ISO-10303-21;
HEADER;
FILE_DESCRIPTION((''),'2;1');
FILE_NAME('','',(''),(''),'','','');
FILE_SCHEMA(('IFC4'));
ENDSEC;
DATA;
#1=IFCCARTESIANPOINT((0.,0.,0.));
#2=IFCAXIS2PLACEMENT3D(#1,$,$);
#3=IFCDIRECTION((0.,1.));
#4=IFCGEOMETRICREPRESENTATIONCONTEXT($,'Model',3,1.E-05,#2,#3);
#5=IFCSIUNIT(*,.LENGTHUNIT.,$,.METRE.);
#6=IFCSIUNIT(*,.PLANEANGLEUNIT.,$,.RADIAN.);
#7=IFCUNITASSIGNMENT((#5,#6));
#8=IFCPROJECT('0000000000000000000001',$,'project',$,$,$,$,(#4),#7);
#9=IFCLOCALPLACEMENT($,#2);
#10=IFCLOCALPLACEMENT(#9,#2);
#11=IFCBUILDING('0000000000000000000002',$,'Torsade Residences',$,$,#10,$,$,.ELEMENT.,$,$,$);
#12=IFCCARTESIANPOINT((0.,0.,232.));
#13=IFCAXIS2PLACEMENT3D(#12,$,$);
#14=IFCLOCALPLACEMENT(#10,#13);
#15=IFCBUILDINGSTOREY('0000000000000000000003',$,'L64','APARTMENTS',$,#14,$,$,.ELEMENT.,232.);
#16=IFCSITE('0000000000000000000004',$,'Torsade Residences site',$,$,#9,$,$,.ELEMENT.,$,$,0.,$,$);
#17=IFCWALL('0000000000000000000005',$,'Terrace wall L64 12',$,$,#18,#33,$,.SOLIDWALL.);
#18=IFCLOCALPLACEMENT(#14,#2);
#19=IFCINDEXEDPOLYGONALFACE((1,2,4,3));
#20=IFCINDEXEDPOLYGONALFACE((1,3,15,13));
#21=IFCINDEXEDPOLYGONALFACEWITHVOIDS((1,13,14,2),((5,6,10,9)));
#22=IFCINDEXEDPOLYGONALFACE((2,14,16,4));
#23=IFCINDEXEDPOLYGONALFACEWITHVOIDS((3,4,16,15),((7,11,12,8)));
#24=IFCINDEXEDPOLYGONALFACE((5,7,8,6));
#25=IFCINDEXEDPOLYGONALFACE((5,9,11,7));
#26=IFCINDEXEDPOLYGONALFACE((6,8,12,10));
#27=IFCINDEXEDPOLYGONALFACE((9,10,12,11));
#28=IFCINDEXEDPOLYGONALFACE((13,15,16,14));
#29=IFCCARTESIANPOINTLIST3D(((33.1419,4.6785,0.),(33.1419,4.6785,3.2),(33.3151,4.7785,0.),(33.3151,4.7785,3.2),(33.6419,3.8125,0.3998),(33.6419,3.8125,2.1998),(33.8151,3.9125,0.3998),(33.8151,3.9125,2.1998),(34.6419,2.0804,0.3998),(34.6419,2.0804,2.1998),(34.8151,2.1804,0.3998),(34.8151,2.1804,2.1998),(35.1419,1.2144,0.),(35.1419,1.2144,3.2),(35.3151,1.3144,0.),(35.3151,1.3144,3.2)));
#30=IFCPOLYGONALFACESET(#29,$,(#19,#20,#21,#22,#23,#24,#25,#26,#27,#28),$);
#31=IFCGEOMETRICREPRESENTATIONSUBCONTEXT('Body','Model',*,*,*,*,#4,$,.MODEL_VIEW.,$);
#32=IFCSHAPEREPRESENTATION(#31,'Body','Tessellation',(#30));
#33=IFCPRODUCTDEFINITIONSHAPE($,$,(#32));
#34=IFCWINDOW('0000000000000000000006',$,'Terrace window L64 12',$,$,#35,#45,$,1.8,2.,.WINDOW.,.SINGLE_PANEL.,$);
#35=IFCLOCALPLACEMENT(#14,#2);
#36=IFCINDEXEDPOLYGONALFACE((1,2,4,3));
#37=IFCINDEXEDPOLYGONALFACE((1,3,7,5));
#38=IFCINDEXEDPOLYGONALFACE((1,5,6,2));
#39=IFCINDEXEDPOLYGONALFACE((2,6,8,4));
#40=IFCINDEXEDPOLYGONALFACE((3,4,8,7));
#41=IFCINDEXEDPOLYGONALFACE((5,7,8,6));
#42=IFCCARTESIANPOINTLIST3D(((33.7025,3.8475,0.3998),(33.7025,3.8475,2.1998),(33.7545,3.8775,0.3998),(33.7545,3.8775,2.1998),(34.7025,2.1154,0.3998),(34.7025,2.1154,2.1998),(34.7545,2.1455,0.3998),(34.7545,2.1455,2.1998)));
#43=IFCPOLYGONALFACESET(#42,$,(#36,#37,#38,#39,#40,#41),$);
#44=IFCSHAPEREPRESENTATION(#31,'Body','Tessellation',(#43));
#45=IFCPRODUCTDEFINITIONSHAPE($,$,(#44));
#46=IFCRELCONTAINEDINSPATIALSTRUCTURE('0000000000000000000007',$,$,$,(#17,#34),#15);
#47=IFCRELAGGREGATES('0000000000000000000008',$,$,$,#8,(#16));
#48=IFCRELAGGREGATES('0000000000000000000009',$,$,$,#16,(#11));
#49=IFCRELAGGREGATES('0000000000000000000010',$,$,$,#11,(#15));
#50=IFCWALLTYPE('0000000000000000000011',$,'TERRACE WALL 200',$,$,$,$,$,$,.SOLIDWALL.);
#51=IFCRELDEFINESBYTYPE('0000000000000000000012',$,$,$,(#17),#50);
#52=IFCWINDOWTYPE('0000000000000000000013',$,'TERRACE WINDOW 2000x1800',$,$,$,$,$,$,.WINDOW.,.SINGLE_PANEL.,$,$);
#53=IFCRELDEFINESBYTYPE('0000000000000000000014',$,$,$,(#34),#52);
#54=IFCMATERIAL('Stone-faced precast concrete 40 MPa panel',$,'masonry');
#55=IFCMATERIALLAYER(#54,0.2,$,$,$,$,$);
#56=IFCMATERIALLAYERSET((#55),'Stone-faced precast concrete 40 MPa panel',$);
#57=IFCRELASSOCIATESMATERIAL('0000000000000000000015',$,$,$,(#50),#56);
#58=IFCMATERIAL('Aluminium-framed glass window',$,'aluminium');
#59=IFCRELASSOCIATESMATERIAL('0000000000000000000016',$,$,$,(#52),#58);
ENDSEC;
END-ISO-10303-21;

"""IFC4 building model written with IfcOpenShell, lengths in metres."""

from ifc_helpers import new_model, si_unit, direction, frame, frame_2d, origin, place, context, subcontext, project, spatial, rectangle, extrude, material, layer, layer_set, type_object, element, fill, save


model = new_model("IFC4")

# Units and contexts
model_context = context("Model", 3, precision=1e-05, world=origin(), true_north=direction((0.0, 1.0)))
body_context = subcontext(model_context, "Body", "Model", "MODEL_VIEW")
ifc_project = project(units=[si_unit("LENGTHUNIT", "METRE"), si_unit("PLANEANGLEUNIT", "RADIAN")], contexts=[model_context])

# Site, building, storey
site_placement = place(None, origin())
site = spatial("IfcSite", under=ifc_project, at=site_placement, Name="Torsade Residences site", CompositionType="ELEMENT", RefElevation=0.0)
building_placement = place(site_placement, origin())
building = spatial("IfcBuilding", under=site, at=building_placement, Name="Torsade Residences", CompositionType="ELEMENT")
storey_placement = place(building_placement, frame((0.0, 0.0, 232.0)))
storey = spatial("IfcBuildingStorey", under=building, at=storey_placement, Name="L64", Description="APARTMENTS", CompositionType="ELEMENT", Elevation=232.0)

# Wall, opening, window
ifc_material_1 = material(Name="Stone-faced precast concrete 40 MPa panel", Category="masonry")
ifc_layer_1 = layer(ifc_material_1, 0.2)
ifc_layer_set_1 = layer_set([ifc_layer_1], Name="Stone-faced precast concrete 40 MPa panel")
wall_type_1 = type_object("IfcWallType", Name="TERRACE WALL 200", PredefinedType="SOLIDWALL", material=ifc_layer_set_1)
wall_1_placement = place(storey_placement, frame((33.2285, 4.7285, 0.0), z_axis=(0.0, 0.0, 1.0), x_axis=(0.499999, -0.866026, 0.0)))
wall_1 = element("IfcWall", 1, at=wall_1_placement, inside=storey, type_object=wall_type_1, Name="Terrace wall L64 12", PredefinedType="SOLIDWALL", context=body_context, shape_type="SweptSolid", body=[
    extrude(rectangle(XDim=4.0, YDim=0.2, at=frame_2d((2.0, 0.0))), origin(), (0.0, 0.0, 1.0), 3.2),
])
opening_1_placement = place(wall_1_placement, frame((1.0, 0.0, 0.3999)))
opening_1 = element("IfcOpeningElement", 2, at=opening_1_placement, cuts=wall_1, PredefinedType="OPENING", context=body_context, shape_type="SweptSolid", body=[
    extrude(rectangle(XDim=2.0, YDim=1.8, at=frame_2d((1.0, 0.8999))), frame((0.0, 0.1099, 0.0), z_axis=(0.0, -1.0, 0.0), x_axis=(1.0, 0.0, 0.0)), (0.0, 0.0, 1.0), 0.22),
])
ifc_material_2 = material(Name="Aluminium-framed glass window", Category="aluminium")
window_type = type_object("IfcWindowType", Name="TERRACE WINDOW 2000x1800", PartitioningType="SINGLE_PANEL", PredefinedType="WINDOW", material=ifc_material_2)
window_placement = place(opening_1_placement, origin())
window = element("IfcWindow", 3, at=window_placement, inside=storey, type_object=window_type, Name="Terrace window L64 12", OverallHeight=1.8, OverallWidth=2.0, PartitioningType="SINGLE_PANEL", PredefinedType="WINDOW", context=body_context, shape_type="SweptSolid", body=[
    extrude(rectangle(XDim=2.0, YDim=1.8, at=frame_2d((1.0, 0.8999))), frame((0.0, 0.03, 0.0), z_axis=(0.0, -1.0, 0.0), x_axis=(1.0, 0.0, 0.0)), (0.0, 0.0, 1.0), 0.0601),
])
fill(opening_1, window)

save(model, "model.ifc")
